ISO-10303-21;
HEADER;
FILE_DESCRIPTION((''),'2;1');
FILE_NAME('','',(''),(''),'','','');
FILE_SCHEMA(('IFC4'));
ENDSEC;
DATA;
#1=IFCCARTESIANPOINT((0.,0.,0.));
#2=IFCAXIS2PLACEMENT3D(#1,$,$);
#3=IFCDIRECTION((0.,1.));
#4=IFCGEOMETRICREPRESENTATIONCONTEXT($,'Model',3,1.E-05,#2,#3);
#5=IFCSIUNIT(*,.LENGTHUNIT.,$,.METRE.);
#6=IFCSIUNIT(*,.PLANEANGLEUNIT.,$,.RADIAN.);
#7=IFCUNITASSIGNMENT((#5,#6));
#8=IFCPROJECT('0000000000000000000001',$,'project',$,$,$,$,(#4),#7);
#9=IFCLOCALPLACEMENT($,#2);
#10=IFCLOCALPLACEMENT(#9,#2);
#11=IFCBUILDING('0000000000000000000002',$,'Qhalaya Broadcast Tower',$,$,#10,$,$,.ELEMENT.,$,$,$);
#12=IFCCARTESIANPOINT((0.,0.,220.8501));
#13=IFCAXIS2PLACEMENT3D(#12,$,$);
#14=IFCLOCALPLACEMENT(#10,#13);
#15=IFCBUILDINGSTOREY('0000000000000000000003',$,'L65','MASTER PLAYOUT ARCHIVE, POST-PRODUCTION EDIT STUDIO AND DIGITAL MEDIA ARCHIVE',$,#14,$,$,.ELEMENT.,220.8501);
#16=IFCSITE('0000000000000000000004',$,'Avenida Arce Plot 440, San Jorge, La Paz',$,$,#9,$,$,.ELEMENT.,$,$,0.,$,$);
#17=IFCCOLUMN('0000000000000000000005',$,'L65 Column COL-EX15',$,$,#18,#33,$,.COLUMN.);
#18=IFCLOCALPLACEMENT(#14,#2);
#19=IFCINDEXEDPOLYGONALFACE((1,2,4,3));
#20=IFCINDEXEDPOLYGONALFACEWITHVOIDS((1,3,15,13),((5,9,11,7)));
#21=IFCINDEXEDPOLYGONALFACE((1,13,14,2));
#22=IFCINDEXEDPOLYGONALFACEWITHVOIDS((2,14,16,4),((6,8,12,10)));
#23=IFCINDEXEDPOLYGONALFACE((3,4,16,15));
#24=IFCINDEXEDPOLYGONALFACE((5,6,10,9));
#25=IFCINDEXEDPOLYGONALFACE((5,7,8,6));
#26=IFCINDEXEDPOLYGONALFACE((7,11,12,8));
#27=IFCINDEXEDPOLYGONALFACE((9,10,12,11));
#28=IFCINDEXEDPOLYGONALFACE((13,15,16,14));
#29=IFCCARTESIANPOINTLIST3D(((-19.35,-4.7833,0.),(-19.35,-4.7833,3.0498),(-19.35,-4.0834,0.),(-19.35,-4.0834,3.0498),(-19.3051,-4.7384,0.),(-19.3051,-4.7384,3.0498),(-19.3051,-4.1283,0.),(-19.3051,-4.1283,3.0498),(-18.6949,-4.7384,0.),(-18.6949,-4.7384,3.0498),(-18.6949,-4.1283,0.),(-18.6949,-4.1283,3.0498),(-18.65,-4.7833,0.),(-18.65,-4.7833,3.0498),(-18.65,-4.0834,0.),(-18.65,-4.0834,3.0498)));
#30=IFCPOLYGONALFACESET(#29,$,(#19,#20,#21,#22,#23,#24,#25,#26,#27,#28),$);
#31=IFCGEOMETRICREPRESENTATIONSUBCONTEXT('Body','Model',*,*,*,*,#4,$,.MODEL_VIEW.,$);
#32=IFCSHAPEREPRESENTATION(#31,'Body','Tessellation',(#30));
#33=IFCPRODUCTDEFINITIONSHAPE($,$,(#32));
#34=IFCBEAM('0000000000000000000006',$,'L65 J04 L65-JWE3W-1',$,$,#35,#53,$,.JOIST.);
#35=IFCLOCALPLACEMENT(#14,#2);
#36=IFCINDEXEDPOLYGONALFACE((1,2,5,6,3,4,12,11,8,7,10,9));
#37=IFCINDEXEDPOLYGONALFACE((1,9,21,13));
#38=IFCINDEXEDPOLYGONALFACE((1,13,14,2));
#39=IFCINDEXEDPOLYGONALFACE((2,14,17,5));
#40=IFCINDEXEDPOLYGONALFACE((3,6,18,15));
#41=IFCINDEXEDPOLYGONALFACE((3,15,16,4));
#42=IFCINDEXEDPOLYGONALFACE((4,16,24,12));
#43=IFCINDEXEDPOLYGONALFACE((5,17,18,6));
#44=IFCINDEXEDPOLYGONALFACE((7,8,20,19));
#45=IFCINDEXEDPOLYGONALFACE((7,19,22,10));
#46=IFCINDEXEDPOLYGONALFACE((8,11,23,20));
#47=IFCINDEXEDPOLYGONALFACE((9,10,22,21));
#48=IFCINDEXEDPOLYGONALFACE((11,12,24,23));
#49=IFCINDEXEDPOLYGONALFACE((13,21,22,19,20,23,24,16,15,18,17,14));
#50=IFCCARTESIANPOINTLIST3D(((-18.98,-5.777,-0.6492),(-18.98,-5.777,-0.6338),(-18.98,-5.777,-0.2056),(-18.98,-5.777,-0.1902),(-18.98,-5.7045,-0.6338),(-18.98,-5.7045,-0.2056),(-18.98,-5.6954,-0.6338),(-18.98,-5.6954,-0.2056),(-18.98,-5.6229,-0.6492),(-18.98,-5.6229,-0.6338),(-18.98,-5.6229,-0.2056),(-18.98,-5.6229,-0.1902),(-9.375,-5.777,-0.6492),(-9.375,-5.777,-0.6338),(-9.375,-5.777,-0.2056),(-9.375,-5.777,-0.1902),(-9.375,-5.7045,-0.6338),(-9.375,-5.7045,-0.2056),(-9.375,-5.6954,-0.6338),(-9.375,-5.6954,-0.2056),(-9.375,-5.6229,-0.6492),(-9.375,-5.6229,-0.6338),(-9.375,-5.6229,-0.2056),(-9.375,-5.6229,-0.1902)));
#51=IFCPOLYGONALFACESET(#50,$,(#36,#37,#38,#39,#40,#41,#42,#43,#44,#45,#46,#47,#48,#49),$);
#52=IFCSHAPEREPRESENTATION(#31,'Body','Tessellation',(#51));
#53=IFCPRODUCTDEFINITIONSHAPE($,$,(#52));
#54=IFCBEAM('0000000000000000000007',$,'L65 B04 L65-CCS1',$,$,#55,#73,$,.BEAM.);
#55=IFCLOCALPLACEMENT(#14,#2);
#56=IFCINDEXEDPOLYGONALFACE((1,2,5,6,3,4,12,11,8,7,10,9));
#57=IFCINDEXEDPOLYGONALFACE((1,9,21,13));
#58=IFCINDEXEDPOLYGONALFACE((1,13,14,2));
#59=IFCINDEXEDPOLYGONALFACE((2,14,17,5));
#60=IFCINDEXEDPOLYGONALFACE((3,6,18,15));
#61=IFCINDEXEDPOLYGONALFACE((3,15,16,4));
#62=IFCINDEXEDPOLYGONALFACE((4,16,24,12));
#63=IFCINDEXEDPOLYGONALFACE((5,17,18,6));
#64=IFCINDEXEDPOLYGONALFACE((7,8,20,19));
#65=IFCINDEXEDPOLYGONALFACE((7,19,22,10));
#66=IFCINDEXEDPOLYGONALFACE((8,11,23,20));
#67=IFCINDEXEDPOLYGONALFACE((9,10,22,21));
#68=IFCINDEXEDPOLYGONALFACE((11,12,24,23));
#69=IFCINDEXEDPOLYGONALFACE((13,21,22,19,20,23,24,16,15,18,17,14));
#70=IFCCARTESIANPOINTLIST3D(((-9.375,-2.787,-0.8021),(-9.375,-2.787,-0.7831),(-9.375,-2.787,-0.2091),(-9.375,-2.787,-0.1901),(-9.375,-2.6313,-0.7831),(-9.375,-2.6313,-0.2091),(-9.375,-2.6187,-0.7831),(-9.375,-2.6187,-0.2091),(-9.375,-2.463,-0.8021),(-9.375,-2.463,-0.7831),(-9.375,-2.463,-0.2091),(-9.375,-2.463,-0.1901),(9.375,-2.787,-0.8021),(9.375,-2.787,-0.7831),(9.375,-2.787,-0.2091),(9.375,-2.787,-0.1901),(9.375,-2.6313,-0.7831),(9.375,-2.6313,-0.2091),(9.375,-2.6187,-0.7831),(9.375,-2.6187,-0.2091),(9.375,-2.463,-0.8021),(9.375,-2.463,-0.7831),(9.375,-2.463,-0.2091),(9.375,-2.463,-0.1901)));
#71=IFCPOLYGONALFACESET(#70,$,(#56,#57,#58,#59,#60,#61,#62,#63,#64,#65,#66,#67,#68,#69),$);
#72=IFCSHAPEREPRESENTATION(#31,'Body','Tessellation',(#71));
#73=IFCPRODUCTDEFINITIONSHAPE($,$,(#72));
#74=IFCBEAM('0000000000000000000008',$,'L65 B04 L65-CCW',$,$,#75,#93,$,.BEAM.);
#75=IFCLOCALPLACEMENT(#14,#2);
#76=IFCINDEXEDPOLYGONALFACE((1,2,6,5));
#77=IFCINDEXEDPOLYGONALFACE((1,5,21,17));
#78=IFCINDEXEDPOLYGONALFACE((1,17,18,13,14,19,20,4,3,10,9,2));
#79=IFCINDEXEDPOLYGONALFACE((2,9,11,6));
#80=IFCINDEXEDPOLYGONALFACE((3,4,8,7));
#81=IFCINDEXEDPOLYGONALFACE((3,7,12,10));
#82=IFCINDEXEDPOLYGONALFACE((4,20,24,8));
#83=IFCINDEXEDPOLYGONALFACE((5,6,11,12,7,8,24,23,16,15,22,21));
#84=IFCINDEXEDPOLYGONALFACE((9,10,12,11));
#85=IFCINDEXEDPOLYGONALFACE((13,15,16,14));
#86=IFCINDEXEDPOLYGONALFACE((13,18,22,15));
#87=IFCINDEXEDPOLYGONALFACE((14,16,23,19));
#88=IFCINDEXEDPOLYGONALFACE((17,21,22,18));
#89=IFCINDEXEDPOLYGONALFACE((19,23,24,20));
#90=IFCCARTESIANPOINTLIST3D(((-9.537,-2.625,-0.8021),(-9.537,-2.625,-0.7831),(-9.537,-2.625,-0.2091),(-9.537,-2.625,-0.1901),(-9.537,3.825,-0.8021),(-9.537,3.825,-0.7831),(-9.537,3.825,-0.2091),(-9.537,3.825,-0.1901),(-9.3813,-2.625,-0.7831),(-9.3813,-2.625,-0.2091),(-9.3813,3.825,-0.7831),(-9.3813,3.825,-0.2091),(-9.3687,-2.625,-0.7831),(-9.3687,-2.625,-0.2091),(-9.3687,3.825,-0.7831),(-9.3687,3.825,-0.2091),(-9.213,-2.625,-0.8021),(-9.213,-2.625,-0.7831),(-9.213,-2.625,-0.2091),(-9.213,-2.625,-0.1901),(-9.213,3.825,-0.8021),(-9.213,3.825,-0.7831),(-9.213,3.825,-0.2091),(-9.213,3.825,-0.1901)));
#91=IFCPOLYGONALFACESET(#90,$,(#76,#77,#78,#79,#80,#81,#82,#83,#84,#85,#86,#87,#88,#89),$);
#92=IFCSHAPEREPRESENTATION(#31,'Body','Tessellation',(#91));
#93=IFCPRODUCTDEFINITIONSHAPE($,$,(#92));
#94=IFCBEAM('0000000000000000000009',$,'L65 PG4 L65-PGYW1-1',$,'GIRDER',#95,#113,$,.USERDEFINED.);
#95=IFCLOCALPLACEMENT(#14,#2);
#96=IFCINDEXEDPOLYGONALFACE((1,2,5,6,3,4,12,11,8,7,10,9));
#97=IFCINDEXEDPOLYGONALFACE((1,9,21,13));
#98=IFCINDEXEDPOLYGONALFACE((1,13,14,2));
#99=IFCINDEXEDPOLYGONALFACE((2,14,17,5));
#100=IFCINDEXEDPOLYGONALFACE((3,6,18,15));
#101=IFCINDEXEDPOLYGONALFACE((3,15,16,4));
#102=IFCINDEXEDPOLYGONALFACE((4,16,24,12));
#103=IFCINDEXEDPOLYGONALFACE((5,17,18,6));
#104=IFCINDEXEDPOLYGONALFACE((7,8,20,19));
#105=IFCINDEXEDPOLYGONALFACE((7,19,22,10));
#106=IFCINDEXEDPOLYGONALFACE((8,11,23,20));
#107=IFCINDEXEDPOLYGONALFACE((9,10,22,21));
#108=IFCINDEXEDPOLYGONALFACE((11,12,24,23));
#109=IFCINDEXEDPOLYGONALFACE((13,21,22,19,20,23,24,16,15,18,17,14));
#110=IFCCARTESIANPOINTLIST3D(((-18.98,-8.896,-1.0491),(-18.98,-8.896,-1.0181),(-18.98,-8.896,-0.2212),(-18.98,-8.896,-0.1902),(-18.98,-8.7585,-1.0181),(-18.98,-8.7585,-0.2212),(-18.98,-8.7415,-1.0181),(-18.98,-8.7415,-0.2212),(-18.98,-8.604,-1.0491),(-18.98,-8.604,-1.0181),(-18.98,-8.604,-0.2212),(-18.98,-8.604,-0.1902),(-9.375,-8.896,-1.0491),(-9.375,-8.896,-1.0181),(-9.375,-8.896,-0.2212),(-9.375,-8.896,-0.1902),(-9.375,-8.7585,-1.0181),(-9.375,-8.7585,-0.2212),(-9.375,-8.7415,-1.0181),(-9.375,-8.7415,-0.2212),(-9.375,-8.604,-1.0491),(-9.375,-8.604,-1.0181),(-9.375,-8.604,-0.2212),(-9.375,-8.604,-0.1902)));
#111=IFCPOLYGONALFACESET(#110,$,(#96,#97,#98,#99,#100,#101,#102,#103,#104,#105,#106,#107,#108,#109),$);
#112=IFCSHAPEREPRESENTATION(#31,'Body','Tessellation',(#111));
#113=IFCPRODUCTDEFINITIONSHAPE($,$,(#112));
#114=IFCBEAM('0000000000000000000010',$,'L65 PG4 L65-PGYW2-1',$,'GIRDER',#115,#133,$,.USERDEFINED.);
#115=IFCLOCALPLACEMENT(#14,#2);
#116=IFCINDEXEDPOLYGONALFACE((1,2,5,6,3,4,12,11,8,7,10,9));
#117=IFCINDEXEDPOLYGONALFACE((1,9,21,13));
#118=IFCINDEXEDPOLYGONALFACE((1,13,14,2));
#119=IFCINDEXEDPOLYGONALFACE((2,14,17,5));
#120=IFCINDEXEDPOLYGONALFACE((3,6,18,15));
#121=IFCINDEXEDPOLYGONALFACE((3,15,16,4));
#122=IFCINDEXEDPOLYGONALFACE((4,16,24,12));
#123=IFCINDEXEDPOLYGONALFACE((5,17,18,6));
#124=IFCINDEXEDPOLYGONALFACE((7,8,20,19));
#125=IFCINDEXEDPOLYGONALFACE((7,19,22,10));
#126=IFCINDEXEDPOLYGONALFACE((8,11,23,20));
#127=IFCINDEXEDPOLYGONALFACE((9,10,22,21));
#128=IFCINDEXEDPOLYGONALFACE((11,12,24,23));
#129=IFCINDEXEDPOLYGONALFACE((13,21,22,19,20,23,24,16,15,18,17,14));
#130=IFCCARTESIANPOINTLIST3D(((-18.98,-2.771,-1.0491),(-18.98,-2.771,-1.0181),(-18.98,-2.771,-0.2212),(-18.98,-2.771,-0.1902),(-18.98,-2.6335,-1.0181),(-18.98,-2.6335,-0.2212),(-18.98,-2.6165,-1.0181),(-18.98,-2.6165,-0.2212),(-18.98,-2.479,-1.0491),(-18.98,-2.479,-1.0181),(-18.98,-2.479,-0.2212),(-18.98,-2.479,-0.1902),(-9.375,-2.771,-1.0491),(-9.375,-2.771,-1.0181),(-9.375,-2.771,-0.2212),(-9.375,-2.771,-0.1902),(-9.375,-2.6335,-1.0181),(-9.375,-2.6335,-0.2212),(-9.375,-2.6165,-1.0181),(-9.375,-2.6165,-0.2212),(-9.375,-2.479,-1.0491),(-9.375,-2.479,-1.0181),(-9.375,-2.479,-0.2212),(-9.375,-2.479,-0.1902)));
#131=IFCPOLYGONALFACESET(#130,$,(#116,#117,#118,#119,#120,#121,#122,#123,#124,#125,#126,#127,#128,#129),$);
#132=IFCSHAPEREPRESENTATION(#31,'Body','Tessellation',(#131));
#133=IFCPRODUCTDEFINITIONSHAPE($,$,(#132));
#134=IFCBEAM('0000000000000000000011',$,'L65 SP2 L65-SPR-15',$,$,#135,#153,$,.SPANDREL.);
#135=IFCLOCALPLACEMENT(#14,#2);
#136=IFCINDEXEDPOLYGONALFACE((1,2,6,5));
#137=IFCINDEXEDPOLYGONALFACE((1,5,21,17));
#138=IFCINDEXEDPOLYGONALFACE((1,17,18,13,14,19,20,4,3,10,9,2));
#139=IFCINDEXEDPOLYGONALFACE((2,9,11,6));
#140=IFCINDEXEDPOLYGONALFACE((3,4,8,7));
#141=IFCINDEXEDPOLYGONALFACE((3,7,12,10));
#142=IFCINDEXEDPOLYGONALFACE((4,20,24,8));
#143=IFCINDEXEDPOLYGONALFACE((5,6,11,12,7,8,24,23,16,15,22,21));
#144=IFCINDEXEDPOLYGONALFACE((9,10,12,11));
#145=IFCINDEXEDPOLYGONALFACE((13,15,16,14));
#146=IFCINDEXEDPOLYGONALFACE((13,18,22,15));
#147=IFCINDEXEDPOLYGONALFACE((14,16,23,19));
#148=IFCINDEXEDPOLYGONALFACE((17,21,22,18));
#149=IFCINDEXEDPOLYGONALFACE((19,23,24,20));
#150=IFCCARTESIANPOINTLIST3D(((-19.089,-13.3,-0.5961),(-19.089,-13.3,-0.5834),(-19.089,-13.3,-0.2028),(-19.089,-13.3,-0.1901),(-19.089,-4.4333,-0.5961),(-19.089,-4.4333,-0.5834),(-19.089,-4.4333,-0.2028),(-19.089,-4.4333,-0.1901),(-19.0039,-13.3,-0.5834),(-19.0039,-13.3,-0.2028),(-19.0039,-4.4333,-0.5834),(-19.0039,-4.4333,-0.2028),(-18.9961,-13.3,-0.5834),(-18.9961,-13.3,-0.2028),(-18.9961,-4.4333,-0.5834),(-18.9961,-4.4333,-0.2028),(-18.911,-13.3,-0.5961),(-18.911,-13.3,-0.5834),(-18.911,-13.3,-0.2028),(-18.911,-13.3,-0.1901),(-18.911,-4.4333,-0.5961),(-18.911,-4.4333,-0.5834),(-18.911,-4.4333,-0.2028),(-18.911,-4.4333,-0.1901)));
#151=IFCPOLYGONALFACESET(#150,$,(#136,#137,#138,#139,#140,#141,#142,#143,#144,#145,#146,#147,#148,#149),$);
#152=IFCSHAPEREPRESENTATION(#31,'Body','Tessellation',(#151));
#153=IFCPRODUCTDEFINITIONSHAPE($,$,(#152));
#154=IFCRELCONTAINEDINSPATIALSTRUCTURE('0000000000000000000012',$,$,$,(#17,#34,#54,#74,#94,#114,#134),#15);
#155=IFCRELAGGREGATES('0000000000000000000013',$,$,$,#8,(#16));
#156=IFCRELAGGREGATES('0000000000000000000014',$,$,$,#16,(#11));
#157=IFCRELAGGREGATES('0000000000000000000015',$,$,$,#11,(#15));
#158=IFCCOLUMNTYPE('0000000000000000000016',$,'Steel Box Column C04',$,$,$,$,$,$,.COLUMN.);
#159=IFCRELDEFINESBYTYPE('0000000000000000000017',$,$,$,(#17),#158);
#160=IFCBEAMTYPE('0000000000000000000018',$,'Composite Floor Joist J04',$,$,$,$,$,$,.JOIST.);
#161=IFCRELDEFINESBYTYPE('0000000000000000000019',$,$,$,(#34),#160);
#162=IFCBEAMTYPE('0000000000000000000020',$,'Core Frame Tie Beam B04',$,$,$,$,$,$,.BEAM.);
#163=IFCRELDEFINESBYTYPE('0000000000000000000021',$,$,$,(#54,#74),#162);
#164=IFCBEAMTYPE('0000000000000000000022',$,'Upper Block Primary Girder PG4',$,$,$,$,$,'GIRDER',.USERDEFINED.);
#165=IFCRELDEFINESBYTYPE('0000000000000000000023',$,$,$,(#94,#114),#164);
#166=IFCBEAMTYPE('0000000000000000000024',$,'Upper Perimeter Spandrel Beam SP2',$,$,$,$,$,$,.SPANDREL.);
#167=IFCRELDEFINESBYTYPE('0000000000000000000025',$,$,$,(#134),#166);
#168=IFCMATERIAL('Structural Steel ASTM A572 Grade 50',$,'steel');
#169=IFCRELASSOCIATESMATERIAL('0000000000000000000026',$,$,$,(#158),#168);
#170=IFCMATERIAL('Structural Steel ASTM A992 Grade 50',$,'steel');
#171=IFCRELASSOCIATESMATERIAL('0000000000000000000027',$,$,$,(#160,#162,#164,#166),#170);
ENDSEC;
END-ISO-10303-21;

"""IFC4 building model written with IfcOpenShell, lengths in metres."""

from ifc_helpers import new_model, si_unit, direction, frame, origin, origin_2d, place, context, subcontext, project, spatial, hollow_rectangle, i_section, extrude, material, material_profile, profile_set, type_object, element, save


model = new_model("IFC4")

# Units and contexts
model_context = context("Model", 3, precision=1e-05, world=origin(), true_north=direction((0.0, 1.0)))
body_context = subcontext(model_context, "Body", "Model", "MODEL_VIEW")
ifc_project = project(units=[si_unit("LENGTHUNIT", "METRE"), si_unit("PLANEANGLEUNIT", "RADIAN")], contexts=[model_context])

# Site, building, storey
site_placement = place(None, origin())
site = spatial("IfcSite", under=ifc_project, at=site_placement, Name="Avenida Arce Plot 440, San Jorge, La Paz", CompositionType="ELEMENT", RefElevation=0.0)
building_placement = place(site_placement, origin())
building = spatial("IfcBuilding", under=site, at=building_placement, Name="Qhalaya Broadcast Tower", CompositionType="ELEMENT")
storey_placement = place(building_placement, frame((0.0, 0.0, 220.8501)))
storey = spatial("IfcBuildingStorey", under=building, at=storey_placement, Name="L65", Description="MASTER PLAYOUT ARCHIVE, POST-PRODUCTION EDIT STUDIO AND DIGITAL MEDIA ARCHIVE", CompositionType="ELEMENT", Elevation=220.8501)

# Column
ifc_material_1 = material(Name="Structural Steel ASTM A572 Grade 50", Category="steel")
ifc_material_profile_1 = material_profile(ifc_material_1, hollow_rectangle(XDim=0.7, YDim=0.7, WallThickness=0.0449, at=origin_2d()), Name="BOX 700x700x45")
ifc_profile_set_1 = profile_set([ifc_material_profile_1], Name="Structural Steel ASTM A572 Grade 50")
column_type = type_object("IfcColumnType", Name="Steel Box Column C04", PredefinedType="COLUMN", material=ifc_profile_set_1)
column_placement = place(storey_placement, frame((-19.0, -4.4333, 0.0), z_axis=(0.0, 0.0, 1.0), x_axis=(0.0, 1.0, 0.0)))
element("IfcColumn", 1, at=column_placement, inside=storey, type_object=column_type, Name="L65 Column COL-EX15", PredefinedType="COLUMN", context=body_context, shape_type="SweptSolid", body=[
    extrude(hollow_rectangle(XDim=0.7, YDim=0.7, WallThickness=0.0449, at=origin_2d()), origin(), (0.0, 0.0, 1.0), 3.0498),
])

# Beams
ifc_material_2 = material(Name="Structural Steel ASTM A992 Grade 50", Category="steel")
ifc_material_profile_2 = material_profile(ifc_material_2, i_section(OverallWidth=0.1541, OverallDepth=0.459, WebThickness=0.009, FlangeThickness=0.0154, at=origin_2d()), Name="W18X46")
ifc_profile_set_2 = profile_set([ifc_material_profile_2], Name="Structural Steel ASTM A992 Grade 50")
beam_type_1 = type_object("IfcBeamType", Name="Composite Floor Joist J04", PredefinedType="JOIST", material=ifc_profile_set_2)
beam_1_placement = place(storey_placement, frame((-18.98, -5.7, -0.4197), z_axis=(1.0, 0.0, 0.0), x_axis=(0.0, 1.0, 0.0)))
element("IfcBeam", 2, at=beam_1_placement, inside=storey, type_object=beam_type_1, Name="L65 J04 L65-JWE3W-1", PredefinedType="JOIST", context=body_context, shape_type="SweptSolid", body=[
    extrude(i_section(OverallWidth=0.1541, OverallDepth=0.459, WebThickness=0.009, FlangeThickness=0.0154, at=origin_2d()), origin(), (0.0, 0.0, 1.0), 9.605),
])
ifc_material_profile_3 = material_profile(ifc_material_2, i_section(OverallWidth=0.324, OverallDepth=0.6121, WebThickness=0.0127, FlangeThickness=0.019, at=origin_2d()), Name="W24X104")
ifc_profile_set_3 = profile_set([ifc_material_profile_3], Name="Structural Steel ASTM A992 Grade 50")
beam_type_2 = type_object("IfcBeamType", Name="Core Frame Tie Beam B04", PredefinedType="BEAM", material=ifc_profile_set_3)
beam_2_placement = place(storey_placement, frame((-9.375, -2.625, -0.4961), z_axis=(1.0, 0.0, 0.0), x_axis=(0.0, 1.0, 0.0)))
element("IfcBeam", 3, at=beam_2_placement, inside=storey, type_object=beam_type_2, Name="L65 B04 L65-CCS1", PredefinedType="BEAM", context=body_context, shape_type="SweptSolid", body=[
    extrude(i_section(OverallWidth=0.324, OverallDepth=0.6121, WebThickness=0.0127, FlangeThickness=0.019, at=origin_2d()), origin(), (0.0, 0.0, 1.0), 18.75),
])
beam_3_placement = place(storey_placement, frame((-9.375, -2.625, -0.4961), z_axis=(0.0, 1.0, 0.0), x_axis=(-1.0, 0.0, 0.0)))
element("IfcBeam", 4, at=beam_3_placement, inside=storey, type_object=beam_type_2, Name="L65 B04 L65-CCW", PredefinedType="BEAM", context=body_context, shape_type="SweptSolid", body=[
    extrude(i_section(OverallWidth=0.324, OverallDepth=0.6121, WebThickness=0.0127, FlangeThickness=0.019, at=origin_2d()), origin(), (0.0, 0.0, 1.0), 6.45),
])
ifc_material_profile_4 = material_profile(ifc_material_2, i_section(OverallWidth=0.292, OverallDepth=0.8589, WebThickness=0.0171, FlangeThickness=0.031, at=origin_2d()), Name="W33X169")
ifc_profile_set_4 = profile_set([ifc_material_profile_4], Name="Structural Steel ASTM A992 Grade 50")
beam_type_3 = type_object("IfcBeamType", Name="Upper Block Primary Girder PG4", ElementType="GIRDER", PredefinedType="USERDEFINED", material=ifc_profile_set_4)
for number, where, z_axis, x_axis, name in (
    (5, (-18.98, -8.75, -0.6196), (1.0, 0.0, 0.0), (0.0, 1.0, 0.0), "L65 PG4 L65-PGYW1-1"),
    (6, (-18.98, -2.625, -0.6196), (1.0, 0.0, 0.0), (0.0, 1.0, 0.0), "L65 PG4 L65-PGYW2-1"),
):
    element("IfcBeam", number, at=place(storey_placement, frame(where, z_axis=z_axis, x_axis=x_axis)), inside=storey, type_object=beam_type_3, Name=name, ObjectType="GIRDER", PredefinedType="USERDEFINED", context=body_context, shape_type="SweptSolid", body=[
        extrude(i_section(OverallWidth=0.292, OverallDepth=0.8589, WebThickness=0.0171, FlangeThickness=0.031, at=origin_2d()), origin(), (0.0, 0.0, 1.0), 9.605),
    ])
ifc_material_profile_5 = material_profile(ifc_material_2, i_section(OverallWidth=0.178, OverallDepth=0.406, WebThickness=0.0078, FlangeThickness=0.0127, at=origin_2d()), Name="W16X40")
ifc_profile_set_5 = profile_set([ifc_material_profile_5], Name="Structural Steel ASTM A992 Grade 50")
beam_type_4 = type_object("IfcBeamType", Name="Upper Perimeter Spandrel Beam SP2", PredefinedType="SPANDREL", material=ifc_profile_set_5)
beam_4_placement = place(storey_placement, frame((-19.0, -4.4333, -0.3931), z_axis=(0.0, -1.0, 0.0), x_axis=(1.0, 0.0, 0.0)))
element("IfcBeam", 7, at=beam_4_placement, inside=storey, type_object=beam_type_4, Name="L65 SP2 L65-SPR-15", PredefinedType="SPANDREL", context=body_context, shape_type="SweptSolid", body=[
    extrude(i_section(OverallWidth=0.178, OverallDepth=0.406, WebThickness=0.0078, FlangeThickness=0.0127, at=origin_2d()), origin(), (0.0, 0.0, 1.0), 8.8667),
])

save(model, "model.ifc")
